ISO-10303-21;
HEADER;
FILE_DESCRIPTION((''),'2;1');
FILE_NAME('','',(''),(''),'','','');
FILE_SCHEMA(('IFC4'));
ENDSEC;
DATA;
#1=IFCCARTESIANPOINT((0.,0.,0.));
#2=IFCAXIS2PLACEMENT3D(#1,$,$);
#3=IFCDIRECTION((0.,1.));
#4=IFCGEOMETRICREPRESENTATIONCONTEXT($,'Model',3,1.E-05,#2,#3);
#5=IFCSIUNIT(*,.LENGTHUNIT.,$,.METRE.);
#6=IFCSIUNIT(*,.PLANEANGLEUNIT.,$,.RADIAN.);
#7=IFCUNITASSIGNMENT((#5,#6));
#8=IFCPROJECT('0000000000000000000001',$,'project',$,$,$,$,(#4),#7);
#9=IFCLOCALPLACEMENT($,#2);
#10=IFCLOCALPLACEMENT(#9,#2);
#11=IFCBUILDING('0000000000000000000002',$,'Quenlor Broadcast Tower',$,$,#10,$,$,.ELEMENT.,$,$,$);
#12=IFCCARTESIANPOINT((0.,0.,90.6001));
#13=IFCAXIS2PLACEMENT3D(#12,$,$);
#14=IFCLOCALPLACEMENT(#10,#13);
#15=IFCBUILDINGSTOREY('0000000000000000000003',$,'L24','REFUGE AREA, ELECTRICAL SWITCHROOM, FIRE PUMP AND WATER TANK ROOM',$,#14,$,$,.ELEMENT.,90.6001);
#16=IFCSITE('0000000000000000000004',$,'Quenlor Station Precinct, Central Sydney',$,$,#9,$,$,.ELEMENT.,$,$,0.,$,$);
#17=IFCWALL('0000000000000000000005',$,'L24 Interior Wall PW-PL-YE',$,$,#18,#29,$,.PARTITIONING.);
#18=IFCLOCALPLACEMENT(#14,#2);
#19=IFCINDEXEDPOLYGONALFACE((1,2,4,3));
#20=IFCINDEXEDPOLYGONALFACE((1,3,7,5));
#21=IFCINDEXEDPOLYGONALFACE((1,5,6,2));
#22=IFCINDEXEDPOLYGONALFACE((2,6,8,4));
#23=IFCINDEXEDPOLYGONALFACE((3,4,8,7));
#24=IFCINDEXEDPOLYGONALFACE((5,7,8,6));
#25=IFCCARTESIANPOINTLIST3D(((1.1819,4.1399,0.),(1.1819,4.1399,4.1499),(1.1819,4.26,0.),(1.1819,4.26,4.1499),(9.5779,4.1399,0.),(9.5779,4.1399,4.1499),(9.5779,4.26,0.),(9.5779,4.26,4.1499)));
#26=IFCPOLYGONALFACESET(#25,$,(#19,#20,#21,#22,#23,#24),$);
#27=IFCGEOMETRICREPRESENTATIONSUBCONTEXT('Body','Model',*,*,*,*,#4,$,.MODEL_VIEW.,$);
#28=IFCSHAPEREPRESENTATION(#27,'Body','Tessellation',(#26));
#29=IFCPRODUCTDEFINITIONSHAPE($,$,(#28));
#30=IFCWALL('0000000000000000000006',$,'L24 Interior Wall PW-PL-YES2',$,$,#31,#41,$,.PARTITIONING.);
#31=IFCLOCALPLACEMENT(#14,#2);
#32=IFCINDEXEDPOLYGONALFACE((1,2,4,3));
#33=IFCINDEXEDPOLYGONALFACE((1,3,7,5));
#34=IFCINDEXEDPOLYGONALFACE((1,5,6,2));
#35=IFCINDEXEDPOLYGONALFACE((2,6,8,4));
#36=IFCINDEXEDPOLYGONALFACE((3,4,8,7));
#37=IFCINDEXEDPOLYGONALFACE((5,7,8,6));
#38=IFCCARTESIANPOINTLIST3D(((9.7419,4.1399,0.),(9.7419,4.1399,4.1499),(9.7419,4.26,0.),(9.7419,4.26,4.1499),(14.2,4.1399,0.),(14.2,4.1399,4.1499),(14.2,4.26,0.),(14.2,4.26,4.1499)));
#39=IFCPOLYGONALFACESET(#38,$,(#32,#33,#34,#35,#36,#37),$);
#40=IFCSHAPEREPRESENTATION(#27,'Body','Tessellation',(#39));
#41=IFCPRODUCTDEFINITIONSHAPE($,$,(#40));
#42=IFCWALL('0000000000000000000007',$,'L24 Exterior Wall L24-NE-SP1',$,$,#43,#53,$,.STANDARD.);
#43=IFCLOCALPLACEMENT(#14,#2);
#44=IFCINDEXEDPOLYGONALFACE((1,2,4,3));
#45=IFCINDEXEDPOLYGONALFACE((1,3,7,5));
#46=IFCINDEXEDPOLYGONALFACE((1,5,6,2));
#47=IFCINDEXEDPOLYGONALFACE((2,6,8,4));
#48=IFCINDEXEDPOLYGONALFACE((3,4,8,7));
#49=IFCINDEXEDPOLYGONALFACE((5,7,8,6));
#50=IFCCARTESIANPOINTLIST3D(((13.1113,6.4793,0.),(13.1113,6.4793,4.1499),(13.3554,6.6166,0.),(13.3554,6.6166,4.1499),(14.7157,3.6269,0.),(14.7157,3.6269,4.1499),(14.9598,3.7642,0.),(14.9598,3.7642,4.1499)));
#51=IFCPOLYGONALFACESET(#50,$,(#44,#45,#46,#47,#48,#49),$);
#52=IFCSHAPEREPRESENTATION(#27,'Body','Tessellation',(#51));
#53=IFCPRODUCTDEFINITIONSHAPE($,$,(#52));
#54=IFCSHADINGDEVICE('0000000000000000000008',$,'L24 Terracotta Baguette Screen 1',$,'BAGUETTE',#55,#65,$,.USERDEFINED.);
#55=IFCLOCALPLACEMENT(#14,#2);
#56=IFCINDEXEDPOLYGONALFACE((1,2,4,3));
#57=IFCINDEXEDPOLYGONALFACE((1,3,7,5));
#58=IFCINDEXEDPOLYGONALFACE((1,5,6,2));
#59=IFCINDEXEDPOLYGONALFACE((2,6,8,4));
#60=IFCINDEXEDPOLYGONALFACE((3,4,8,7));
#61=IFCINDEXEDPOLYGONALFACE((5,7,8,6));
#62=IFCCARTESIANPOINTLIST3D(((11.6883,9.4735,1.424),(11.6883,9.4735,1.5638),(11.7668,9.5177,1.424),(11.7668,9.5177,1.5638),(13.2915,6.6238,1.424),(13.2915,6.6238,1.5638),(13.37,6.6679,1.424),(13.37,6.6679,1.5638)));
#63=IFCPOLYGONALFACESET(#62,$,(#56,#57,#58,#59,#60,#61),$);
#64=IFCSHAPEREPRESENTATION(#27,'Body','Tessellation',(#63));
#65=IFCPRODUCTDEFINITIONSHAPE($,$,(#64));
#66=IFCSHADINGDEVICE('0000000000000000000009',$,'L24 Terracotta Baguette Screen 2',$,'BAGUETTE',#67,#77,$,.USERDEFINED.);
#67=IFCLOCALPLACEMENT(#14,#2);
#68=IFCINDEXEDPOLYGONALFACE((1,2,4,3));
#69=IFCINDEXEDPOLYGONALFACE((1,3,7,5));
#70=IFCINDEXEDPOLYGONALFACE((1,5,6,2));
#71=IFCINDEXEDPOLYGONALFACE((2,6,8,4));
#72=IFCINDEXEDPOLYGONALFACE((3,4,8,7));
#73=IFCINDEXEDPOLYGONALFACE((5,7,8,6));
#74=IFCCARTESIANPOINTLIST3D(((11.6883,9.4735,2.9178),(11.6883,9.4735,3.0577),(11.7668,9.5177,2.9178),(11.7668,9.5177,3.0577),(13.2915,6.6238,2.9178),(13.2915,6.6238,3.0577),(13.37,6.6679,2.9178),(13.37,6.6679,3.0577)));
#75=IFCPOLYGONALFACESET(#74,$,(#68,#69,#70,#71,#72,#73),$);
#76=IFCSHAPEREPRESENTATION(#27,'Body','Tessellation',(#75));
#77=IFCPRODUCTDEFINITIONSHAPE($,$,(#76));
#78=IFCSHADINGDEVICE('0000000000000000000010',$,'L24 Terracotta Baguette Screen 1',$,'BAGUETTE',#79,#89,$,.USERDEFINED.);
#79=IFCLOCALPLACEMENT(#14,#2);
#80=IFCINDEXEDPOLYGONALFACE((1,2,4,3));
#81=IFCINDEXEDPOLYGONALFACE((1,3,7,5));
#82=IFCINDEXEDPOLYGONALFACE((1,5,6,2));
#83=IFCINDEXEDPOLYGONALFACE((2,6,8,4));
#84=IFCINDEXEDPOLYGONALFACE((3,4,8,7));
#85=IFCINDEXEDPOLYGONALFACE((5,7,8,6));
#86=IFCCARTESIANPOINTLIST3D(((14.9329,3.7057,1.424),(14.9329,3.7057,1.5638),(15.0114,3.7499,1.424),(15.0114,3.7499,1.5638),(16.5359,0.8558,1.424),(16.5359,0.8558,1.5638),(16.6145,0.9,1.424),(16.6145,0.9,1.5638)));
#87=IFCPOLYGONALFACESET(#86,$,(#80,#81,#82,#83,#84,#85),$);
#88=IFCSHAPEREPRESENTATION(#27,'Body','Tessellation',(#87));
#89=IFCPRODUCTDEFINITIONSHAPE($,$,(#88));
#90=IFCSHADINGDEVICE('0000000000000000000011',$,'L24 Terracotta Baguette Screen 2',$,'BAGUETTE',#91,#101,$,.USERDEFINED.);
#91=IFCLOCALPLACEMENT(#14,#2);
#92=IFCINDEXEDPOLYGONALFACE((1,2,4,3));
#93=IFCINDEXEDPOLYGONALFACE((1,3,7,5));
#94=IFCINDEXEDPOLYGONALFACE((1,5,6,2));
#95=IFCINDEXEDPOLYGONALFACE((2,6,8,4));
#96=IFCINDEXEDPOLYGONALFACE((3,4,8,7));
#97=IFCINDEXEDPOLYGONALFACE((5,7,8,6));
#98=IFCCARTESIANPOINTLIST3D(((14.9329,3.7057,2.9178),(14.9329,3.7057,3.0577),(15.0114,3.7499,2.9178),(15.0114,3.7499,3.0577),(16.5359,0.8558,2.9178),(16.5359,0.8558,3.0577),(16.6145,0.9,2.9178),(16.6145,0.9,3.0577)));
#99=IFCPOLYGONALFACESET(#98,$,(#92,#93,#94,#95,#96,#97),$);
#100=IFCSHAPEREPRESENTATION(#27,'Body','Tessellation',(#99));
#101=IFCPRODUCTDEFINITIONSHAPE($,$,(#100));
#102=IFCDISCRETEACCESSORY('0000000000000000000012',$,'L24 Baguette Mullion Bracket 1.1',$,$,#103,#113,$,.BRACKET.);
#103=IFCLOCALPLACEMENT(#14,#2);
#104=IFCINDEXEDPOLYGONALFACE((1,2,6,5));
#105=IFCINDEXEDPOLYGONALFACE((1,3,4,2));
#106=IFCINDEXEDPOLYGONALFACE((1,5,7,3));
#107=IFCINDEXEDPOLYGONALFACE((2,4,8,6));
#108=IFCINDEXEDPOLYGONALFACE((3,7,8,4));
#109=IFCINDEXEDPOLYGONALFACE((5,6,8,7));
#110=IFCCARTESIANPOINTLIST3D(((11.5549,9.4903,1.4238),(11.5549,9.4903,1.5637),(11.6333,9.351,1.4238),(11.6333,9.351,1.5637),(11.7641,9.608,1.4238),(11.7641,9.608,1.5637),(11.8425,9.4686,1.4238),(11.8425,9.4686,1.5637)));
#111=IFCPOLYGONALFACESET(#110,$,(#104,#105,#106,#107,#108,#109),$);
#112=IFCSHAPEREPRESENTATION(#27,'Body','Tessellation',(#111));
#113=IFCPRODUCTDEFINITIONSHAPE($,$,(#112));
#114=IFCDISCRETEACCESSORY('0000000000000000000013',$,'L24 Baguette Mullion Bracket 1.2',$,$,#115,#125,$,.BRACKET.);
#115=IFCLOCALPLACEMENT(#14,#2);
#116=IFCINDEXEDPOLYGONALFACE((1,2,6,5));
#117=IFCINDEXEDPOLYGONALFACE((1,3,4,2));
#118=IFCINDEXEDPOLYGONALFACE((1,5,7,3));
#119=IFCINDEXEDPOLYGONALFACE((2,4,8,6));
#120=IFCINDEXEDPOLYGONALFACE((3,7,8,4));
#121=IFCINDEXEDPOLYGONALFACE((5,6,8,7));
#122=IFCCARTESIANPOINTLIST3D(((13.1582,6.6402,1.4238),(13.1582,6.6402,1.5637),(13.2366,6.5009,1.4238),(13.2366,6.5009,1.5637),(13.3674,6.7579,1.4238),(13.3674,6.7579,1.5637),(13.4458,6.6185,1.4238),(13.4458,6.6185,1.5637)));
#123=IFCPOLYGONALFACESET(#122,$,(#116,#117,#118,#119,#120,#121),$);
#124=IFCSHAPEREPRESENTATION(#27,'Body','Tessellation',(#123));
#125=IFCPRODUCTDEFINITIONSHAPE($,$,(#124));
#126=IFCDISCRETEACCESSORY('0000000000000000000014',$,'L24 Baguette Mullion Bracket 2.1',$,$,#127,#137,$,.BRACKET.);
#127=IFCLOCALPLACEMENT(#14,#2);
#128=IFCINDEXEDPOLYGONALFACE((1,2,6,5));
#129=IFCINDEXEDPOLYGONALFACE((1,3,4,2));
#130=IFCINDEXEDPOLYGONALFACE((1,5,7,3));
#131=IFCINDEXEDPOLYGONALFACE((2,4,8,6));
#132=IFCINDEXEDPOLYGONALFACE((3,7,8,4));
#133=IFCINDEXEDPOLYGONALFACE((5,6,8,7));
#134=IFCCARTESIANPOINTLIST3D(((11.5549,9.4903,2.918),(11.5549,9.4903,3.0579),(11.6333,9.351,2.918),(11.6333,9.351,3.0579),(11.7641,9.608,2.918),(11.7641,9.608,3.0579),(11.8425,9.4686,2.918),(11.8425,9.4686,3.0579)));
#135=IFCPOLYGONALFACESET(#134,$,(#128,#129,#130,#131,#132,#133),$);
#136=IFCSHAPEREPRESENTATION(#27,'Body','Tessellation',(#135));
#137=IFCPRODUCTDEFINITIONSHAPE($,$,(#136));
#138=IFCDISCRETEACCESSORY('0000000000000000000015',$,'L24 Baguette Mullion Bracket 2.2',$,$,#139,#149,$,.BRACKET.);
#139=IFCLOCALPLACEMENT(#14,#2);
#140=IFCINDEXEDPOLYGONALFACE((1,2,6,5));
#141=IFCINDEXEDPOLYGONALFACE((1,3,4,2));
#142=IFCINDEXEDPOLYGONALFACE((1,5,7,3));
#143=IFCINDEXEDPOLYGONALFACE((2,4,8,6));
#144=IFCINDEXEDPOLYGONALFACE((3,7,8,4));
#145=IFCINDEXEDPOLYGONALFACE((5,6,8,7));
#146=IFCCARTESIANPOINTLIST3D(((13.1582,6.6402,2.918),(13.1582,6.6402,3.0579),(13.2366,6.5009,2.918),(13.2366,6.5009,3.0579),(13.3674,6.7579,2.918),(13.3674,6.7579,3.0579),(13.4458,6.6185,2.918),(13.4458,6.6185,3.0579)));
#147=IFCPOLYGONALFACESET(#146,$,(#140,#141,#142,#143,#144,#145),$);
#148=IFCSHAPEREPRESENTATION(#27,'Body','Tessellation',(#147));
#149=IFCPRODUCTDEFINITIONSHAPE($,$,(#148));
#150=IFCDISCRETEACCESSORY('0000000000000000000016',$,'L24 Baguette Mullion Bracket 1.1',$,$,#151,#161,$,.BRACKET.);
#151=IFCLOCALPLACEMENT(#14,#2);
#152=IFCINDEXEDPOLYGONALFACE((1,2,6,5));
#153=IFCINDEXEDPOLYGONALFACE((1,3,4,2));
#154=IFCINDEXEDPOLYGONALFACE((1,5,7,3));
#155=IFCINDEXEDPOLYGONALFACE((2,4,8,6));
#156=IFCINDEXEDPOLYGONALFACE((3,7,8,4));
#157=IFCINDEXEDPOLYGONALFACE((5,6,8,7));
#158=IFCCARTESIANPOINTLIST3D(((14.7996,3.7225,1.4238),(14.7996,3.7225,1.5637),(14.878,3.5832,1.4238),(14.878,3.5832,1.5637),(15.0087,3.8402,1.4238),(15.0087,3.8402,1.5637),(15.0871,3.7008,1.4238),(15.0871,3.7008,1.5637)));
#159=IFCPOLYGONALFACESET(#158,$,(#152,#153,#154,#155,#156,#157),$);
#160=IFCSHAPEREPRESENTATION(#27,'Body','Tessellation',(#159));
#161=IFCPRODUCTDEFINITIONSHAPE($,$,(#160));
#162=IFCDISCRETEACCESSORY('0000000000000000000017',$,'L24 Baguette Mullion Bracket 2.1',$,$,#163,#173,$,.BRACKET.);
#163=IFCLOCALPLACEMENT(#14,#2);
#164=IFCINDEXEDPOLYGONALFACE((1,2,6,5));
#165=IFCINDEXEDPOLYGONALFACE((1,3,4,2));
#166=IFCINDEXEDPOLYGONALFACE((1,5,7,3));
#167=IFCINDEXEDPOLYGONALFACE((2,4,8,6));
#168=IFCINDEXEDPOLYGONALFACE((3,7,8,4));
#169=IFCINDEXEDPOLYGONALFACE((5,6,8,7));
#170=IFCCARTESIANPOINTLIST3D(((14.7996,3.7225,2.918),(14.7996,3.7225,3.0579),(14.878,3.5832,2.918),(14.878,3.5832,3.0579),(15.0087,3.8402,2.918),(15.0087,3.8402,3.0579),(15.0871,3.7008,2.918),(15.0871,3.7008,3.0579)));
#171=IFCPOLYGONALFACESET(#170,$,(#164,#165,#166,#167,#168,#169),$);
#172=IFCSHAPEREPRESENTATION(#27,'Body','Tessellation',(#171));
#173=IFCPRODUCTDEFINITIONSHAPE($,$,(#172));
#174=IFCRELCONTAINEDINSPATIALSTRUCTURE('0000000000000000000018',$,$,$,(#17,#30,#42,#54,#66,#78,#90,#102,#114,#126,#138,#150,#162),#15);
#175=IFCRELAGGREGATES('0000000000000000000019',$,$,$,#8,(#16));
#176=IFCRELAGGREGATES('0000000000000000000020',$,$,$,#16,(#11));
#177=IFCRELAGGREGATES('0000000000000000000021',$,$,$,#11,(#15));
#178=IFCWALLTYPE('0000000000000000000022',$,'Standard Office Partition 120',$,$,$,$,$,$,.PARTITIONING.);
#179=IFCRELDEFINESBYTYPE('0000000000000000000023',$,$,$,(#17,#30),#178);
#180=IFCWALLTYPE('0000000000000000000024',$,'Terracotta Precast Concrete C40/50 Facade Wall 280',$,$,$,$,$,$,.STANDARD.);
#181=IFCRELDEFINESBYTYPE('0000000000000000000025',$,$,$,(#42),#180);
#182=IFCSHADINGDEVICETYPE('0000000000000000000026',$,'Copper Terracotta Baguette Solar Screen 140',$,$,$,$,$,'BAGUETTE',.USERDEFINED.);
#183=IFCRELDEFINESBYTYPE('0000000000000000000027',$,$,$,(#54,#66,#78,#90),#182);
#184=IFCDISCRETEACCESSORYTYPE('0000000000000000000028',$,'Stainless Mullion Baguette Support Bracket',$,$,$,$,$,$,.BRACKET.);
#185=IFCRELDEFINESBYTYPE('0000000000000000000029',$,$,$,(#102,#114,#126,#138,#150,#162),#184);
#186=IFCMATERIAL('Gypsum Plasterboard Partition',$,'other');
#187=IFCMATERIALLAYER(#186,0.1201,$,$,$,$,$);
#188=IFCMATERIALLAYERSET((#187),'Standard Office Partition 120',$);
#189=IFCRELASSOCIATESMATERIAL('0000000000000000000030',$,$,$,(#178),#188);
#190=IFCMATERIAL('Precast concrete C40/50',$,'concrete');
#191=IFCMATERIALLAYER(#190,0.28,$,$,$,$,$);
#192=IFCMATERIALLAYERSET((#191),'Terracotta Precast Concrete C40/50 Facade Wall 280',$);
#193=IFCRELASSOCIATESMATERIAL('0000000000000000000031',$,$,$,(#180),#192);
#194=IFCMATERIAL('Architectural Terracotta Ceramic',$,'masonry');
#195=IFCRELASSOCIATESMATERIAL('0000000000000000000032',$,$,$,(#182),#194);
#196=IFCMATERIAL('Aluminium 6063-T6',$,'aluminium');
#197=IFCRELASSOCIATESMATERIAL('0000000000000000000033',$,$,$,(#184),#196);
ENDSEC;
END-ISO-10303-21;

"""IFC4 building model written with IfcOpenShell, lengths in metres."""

from ifc_helpers import new_model, si_unit, direction, frame, frame_2d, origin, origin_2d, place, context, subcontext, project, spatial, rectangle, extrude, material, layer, layer_set, material_profile, profile_set, type_object, element, save


model = new_model("IFC4")

# Units and contexts
model_context = context("Model", 3, precision=1e-05, world=origin(), true_north=direction((0.0, 1.0)))
body_context = subcontext(model_context, "Body", "Model", "MODEL_VIEW")
ifc_project = project(units=[si_unit("LENGTHUNIT", "METRE"), si_unit("PLANEANGLEUNIT", "RADIAN")], contexts=[model_context])

# Site, building, storey
site_placement = place(None, origin())
site = spatial("IfcSite", under=ifc_project, at=site_placement, Name="Quenlor Station Precinct, Central Sydney", CompositionType="ELEMENT", RefElevation=0.0)
building_placement = place(site_placement, origin())
building = spatial("IfcBuilding", under=site, at=building_placement, Name="Quenlor Broadcast Tower", CompositionType="ELEMENT")
storey_placement = place(building_placement, frame((0.0, 0.0, 90.6001)))
storey = spatial("IfcBuildingStorey", under=building, at=storey_placement, Name="L24", Description="REFUGE AREA, ELECTRICAL SWITCHROOM, FIRE PUMP AND WATER TANK ROOM", CompositionType="ELEMENT", Elevation=90.6001)

# Walls
ifc_material_1 = material(Name="Gypsum Plasterboard Partition", Category="other")
ifc_layer_1 = layer(ifc_material_1, 0.1201)
ifc_layer_set_1 = layer_set([ifc_layer_1], Name="Standard Office Partition 120")
wall_type_1 = type_object("IfcWallType", Name="Standard Office Partition 120", PredefinedType="PARTITIONING", material=ifc_layer_set_1)
wall_1_placement = place(storey_placement, frame((1.1819, 4.2, 0.0), z_axis=(0.0, 0.0, 1.0), x_axis=(1.0, 0.0, 0.0)))
element("IfcWall", 1, at=wall_1_placement, inside=storey, type_object=wall_type_1, Name="L24 Interior Wall PW-PL-YE", PredefinedType="PARTITIONING", context=body_context, shape_type="SweptSolid", body=[
    extrude(rectangle(XDim=8.396, YDim=0.1201, at=frame_2d((4.198, 0.0))), origin(), (0.0, 0.0, 1.0), 4.1499),
])
wall_2_placement = place(storey_placement, frame((9.7419, 4.2, 0.0), z_axis=(0.0, 0.0, 1.0), x_axis=(1.0, 0.0, 0.0)))
element("IfcWall", 2, at=wall_2_placement, inside=storey, type_object=wall_type_1, Name="L24 Interior Wall PW-PL-YES2", PredefinedType="PARTITIONING", context=body_context, shape_type="SweptSolid", body=[
    extrude(rectangle(XDim=4.458, YDim=0.1201, at=frame_2d((2.229, 0.0))), origin(), (0.0, 0.0, 1.0), 4.1499),
])
ifc_material_2 = material(Name="Precast concrete C40/50", Category="concrete")
ifc_layer_2 = layer(ifc_material_2, 0.28)
ifc_layer_set_2 = layer_set([ifc_layer_2], Name="Terracotta Precast Concrete C40/50 Facade Wall 280")
wall_type_2 = type_object("IfcWallType", Name="Terracotta Precast Concrete C40/50 Facade Wall 280", PredefinedType="STANDARD", material=ifc_layer_set_2)
wall_3_placement = place(storey_placement, frame((13.2334, 6.5479, 0.0), z_axis=(0.0, 0.0, 1.0), x_axis=(0.490247, -0.871584, 0.0)))
element("IfcWall", 3, at=wall_3_placement, inside=storey, type_object=wall_type_2, Name="L24 Exterior Wall L24-NE-SP1", PredefinedType="STANDARD", context=body_context, shape_type="SweptSolid", body=[
    extrude(rectangle(XDim=3.2727, YDim=0.28, at=frame_2d((1.6362, 0.0))), origin(), (0.0, 0.0, 1.0), 4.1499),
])

# Shading devices
ifc_material_3 = material(Name="Architectural Terracotta Ceramic", Category="masonry")
ifc_material_profile_1 = material_profile(ifc_material_3, rectangle(XDim=0.0901, YDim=0.1399, at=origin_2d()))
ifc_profile_set_1 = profile_set([ifc_material_profile_1], Name="Architectural Terracotta Ceramic BAG90x140")
shading_device_type = type_object("IfcShadingDeviceType", Name="Copper Terracotta Baguette Solar Screen 140", ElementType="BAGUETTE", PredefinedType="USERDEFINED", material=ifc_profile_set_1)
for number, where, z_axis, x_axis, name in (
    (4, (11.7275, 9.4956, 1.4939), (0.490314, -0.871546, 0.0), (0.871546, 0.490314, 0.0), "L24 Terracotta Baguette Screen 1"),
    (5, (11.7275, 9.4956, 2.9878), (0.490314, -0.871546, 0.0), (0.871546, 0.490314, 0.0), "L24 Terracotta Baguette Screen 2"),
    (6, (14.9722, 3.7278, 1.4939), (0.490258, -0.871578, 0.0), (0.871578, 0.490258, 0.0), "L24 Terracotta Baguette Screen 1"),
    (7, (14.9722, 3.7278, 2.9878), (0.490258, -0.871578, 0.0), (0.871578, 0.490258, 0.0), "L24 Terracotta Baguette Screen 2"),
):
    element("IfcShadingDevice", number, at=place(storey_placement, frame(where, z_axis=z_axis, x_axis=x_axis)), inside=storey, type_object=shading_device_type, Name=name, ObjectType="BAGUETTE", PredefinedType="USERDEFINED", context=body_context, shape_type="SweptSolid", body=[
        extrude(rectangle(XDim=0.0901, YDim=0.1399, at=origin_2d()), origin(), (0.0, 0.0, 1.0), 3.2698),
    ])

# Discrete accessories
ifc_material_4 = material(Name="Aluminium 6063-T6", Category="aluminium")
discrete_accessory_type = type_object("IfcDiscreteAccessoryType", Name="Stainless Mullion Baguette Support Bracket", PredefinedType="BRACKET", material=ifc_material_4)
for number, where, z_axis, x_axis, name in (
    (8, (11.6987, 9.4795, 1.4238), (0.0, 0.0, 1.0), (0.490282, -0.871564, 0.0), "L24 Baguette Mullion Bracket 1.1"),
    (9, (13.302, 6.6294, 1.4238), (0.0, 0.0, 1.0), (0.490282, -0.871564, 0.0), "L24 Baguette Mullion Bracket 1.2"),
    (10, (11.6987, 9.4795, 2.918), (0.0, 0.0, 1.0), (0.490282, -0.871564, 0.0), "L24 Baguette Mullion Bracket 2.1"),
    (11, (13.302, 6.6294, 2.918), (0.0, 0.0, 1.0), (0.490282, -0.871564, 0.0), "L24 Baguette Mullion Bracket 2.2"),
    (12, (14.9434, 3.7117, 1.4238), (0.0, 0.0, 1.0), (0.490259, -0.871577, 0.0), "L24 Baguette Mullion Bracket 1.1"),
    (13, (14.9434, 3.7117, 2.918), (0.0, 0.0, 1.0), (0.490259, -0.871577, 0.0), "L24 Baguette Mullion Bracket 2.1"),
):
    element("IfcDiscreteAccessory", number, at=place(storey_placement, frame(where, z_axis=z_axis, x_axis=x_axis)), inside=storey, type_object=discrete_accessory_type, Name=name, PredefinedType="BRACKET", context=body_context, shape_type="SweptSolid", body=[
        extrude(rectangle(XDim=0.1599, YDim=0.24, at=origin_2d()), origin(), (0.0, 0.0, 1.0), 0.1399),
    ])

save(model, "model.ifc")
